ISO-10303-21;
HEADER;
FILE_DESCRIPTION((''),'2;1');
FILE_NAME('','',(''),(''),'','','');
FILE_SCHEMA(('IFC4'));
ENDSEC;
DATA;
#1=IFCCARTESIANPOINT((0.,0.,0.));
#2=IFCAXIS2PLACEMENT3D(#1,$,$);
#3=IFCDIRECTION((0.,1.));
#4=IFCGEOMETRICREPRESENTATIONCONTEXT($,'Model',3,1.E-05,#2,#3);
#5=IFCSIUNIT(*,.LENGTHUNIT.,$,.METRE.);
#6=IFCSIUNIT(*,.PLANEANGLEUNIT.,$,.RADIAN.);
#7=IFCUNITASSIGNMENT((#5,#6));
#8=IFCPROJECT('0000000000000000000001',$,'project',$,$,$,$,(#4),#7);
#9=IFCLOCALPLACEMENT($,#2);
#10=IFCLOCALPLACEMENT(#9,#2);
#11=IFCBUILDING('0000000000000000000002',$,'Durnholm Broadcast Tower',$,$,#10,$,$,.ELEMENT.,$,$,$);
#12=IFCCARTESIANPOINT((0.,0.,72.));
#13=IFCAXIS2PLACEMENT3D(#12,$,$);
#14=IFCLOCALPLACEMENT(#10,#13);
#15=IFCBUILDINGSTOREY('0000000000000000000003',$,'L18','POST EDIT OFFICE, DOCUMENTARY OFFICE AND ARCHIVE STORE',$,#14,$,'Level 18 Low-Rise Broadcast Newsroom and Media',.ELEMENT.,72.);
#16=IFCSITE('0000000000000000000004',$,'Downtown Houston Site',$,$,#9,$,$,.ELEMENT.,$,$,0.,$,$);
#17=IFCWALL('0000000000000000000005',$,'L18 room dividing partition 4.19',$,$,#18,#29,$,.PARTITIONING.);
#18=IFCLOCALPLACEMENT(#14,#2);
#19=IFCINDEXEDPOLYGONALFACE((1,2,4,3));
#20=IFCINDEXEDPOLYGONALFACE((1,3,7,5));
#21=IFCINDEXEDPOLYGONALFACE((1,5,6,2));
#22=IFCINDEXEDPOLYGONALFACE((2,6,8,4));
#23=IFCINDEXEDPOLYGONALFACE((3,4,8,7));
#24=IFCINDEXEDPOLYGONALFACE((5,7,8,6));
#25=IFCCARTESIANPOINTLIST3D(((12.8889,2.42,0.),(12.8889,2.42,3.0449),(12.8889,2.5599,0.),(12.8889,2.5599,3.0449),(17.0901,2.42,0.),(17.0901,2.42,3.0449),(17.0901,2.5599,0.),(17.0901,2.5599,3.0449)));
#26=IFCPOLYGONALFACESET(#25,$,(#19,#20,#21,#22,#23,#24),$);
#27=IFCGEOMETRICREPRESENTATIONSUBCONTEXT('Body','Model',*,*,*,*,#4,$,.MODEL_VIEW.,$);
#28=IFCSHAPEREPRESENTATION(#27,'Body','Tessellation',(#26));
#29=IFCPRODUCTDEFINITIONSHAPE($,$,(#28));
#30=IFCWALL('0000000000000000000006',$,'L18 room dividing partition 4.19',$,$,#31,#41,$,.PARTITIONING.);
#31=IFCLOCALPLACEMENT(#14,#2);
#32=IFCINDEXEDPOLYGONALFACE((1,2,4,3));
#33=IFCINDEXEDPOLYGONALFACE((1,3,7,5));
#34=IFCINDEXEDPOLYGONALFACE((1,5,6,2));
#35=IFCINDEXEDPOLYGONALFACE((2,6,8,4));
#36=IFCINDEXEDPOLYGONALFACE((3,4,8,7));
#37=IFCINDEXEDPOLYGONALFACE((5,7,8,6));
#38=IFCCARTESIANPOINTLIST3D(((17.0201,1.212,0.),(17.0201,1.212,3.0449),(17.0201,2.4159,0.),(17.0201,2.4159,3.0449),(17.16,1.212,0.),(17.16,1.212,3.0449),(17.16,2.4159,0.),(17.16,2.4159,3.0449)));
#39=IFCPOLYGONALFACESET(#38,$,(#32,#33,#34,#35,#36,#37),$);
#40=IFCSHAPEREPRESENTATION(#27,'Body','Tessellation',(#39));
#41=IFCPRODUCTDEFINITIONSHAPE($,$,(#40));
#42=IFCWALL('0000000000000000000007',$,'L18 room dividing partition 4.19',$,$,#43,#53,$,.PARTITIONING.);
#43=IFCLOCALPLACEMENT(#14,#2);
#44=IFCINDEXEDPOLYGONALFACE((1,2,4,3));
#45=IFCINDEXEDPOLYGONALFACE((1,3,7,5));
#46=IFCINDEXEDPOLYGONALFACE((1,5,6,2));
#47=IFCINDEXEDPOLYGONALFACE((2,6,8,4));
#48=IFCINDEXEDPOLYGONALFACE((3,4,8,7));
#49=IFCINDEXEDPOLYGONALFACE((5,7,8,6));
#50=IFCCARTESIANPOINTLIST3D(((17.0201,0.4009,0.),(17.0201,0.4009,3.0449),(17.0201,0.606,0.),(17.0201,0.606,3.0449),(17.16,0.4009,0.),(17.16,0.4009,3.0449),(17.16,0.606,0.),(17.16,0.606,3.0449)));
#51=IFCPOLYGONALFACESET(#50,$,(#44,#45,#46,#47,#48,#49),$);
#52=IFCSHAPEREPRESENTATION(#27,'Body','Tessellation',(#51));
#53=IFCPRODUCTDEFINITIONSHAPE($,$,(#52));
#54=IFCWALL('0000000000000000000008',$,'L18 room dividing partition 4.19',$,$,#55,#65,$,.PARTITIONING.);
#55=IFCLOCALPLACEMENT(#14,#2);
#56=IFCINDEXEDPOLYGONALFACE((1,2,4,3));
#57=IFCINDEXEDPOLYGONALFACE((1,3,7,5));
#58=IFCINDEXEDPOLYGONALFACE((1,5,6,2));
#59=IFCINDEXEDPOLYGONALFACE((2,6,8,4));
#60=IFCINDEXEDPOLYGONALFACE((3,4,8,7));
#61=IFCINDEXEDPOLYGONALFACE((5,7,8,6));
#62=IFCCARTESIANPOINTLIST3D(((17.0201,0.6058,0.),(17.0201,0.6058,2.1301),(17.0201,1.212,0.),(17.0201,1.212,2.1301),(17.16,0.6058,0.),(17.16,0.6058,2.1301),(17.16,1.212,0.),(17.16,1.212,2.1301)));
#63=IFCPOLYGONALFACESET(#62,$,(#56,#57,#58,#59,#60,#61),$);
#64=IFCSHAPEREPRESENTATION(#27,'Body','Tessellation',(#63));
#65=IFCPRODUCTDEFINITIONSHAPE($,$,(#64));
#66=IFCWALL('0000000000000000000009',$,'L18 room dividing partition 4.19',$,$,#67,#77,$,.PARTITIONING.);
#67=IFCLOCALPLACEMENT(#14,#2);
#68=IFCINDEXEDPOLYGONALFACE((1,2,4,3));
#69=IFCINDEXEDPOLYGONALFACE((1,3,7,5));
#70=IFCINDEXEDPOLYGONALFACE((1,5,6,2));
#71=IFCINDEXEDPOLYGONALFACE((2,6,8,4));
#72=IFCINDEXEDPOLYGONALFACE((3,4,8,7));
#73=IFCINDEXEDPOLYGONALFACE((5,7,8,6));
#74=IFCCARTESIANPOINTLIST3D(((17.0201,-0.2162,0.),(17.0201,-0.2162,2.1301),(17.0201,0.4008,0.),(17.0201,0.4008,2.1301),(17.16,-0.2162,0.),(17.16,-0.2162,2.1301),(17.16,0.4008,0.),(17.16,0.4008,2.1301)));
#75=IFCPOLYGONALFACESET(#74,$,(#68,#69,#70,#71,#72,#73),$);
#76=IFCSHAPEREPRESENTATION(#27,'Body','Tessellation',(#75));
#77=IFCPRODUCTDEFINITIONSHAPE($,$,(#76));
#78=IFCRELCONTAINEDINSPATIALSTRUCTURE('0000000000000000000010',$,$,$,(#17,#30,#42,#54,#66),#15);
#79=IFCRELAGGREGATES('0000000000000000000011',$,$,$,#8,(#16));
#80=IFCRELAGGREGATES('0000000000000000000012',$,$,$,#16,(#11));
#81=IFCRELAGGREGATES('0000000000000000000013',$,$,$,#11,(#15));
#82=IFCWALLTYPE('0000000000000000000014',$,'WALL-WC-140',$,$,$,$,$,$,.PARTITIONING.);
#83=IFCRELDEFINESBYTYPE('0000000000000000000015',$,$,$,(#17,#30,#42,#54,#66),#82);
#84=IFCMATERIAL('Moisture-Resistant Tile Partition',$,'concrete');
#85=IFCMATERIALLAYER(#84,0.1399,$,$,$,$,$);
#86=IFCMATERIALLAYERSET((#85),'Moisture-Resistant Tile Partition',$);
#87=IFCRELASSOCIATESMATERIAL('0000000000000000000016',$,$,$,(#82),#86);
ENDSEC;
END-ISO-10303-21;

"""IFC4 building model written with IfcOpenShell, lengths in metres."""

from ifc_helpers import new_model, si_unit, direction, frame, frame_2d, origin, place, context, subcontext, project, spatial, rectangle, extrude, material, layer, layer_set, type_object, element, save


model = new_model("IFC4")

# Units and contexts
model_context = context("Model", 3, precision=1e-05, world=origin(), true_north=direction((0.0, 1.0)))
body_context = subcontext(model_context, "Body", "Model", "MODEL_VIEW")
ifc_project = project(units=[si_unit("LENGTHUNIT", "METRE"), si_unit("PLANEANGLEUNIT", "RADIAN")], contexts=[model_context])

# Site, building, storey
site_placement = place(None, origin())
site = spatial("IfcSite", under=ifc_project, at=site_placement, Name="Downtown Houston Site", CompositionType="ELEMENT", RefElevation=0.0)
building_placement = place(site_placement, origin())
building = spatial("IfcBuilding", under=site, at=building_placement, Name="Durnholm Broadcast Tower", CompositionType="ELEMENT")
storey_placement = place(building_placement, frame((0.0, 0.0, 72.0)))
storey = spatial("IfcBuildingStorey", under=building, at=storey_placement, Name="L18", Description="POST EDIT OFFICE, DOCUMENTARY OFFICE AND ARCHIVE STORE", LongName="Level 18 Low-Rise Broadcast Newsroom and Media", CompositionType="ELEMENT", Elevation=72.0)

# Walls
ifc_material_1 = material(Name="Moisture-Resistant Tile Partition", Category="concrete")
ifc_layer_1 = layer(ifc_material_1, 0.1399)
ifc_layer_set_1 = layer_set([ifc_layer_1], Name="Moisture-Resistant Tile Partition")
wall_type_1 = type_object("IfcWallType", Name="WALL-WC-140", PredefinedType="PARTITIONING", material=ifc_layer_set_1)
wall_1_placement = place(storey_placement, frame((12.8889, 2.49, 0.0), z_axis=(0.0, 0.0, 1.0), x_axis=(1.0, 0.0, 0.0)))
element("IfcWall", 1, at=wall_1_placement, inside=storey, type_object=wall_type_1, Name="L18 room dividing partition 4.19", PredefinedType="PARTITIONING", context=body_context, shape_type="SweptSolid", body=[
    extrude(rectangle(XDim=4.2012, YDim=0.1399, at=frame_2d((2.1006, 0.0))), origin(), (0.0, 0.0, 1.0), 3.0449),
])
wall_2_placement = place(storey_placement, frame((17.0901, 2.416, 0.0), z_axis=(0.0, 0.0, 1.0), x_axis=(0.0, -1.0, 0.0)))
element("IfcWall", 2, at=wall_2_placement, inside=storey, type_object=wall_type_1, Name="L18 room dividing partition 4.19", PredefinedType="PARTITIONING", context=body_context, shape_type="SweptSolid", body=[
    extrude(rectangle(XDim=1.2039, YDim=0.1399, at=frame_2d((0.6021, 0.0))), origin(), (0.0, 0.0, 1.0), 3.0449),
])
wall_3_placement = place(storey_placement, frame((17.0901, 0.606, 0.0), z_axis=(0.0, 0.0, 1.0), x_axis=(0.0, -1.0, 0.0)))
element("IfcWall", 3, at=wall_3_placement, inside=storey, type_object=wall_type_1, Name="L18 room dividing partition 4.19", PredefinedType="PARTITIONING", context=body_context, shape_type="SweptSolid", body=[
    extrude(rectangle(XDim=0.2051, YDim=0.1399, at=frame_2d((0.1025, 0.0))), origin(), (0.0, 0.0, 1.0), 3.0449),
])
wall_4_placement = place(storey_placement, frame((17.0901, 1.2122, 0.0), z_axis=(0.0, 0.0, 1.0), x_axis=(0.0, -1.0, 0.0)))
element("IfcWall", 4, at=wall_4_placement, inside=storey, type_object=wall_type_1, Name="L18 room dividing partition 4.19", PredefinedType="PARTITIONING", context=body_context, shape_type="SweptSolid", body=[
    extrude(rectangle(XDim=0.6062, YDim=0.1399, at=frame_2d((0.3032, 0.0))), origin(), (0.0, 0.0, 1.0), 2.1301),
])
wall_5_placement = place(storey_placement, frame((17.0901, 0.4009, 0.0), z_axis=(0.0, 0.0, 1.0), x_axis=(0.0, -1.0, 0.0)))
element("IfcWall", 5, at=wall_5_placement, inside=storey, type_object=wall_type_1, Name="L18 room dividing partition 4.19", PredefinedType="PARTITIONING", context=body_context, shape_type="SweptSolid", body=[
    extrude(rectangle(XDim=0.6169, YDim=0.1399, at=frame_2d((0.3086, 0.0))), origin(), (0.0, 0.0, 1.0), 2.1301),
])

save(model, "model.ifc")
